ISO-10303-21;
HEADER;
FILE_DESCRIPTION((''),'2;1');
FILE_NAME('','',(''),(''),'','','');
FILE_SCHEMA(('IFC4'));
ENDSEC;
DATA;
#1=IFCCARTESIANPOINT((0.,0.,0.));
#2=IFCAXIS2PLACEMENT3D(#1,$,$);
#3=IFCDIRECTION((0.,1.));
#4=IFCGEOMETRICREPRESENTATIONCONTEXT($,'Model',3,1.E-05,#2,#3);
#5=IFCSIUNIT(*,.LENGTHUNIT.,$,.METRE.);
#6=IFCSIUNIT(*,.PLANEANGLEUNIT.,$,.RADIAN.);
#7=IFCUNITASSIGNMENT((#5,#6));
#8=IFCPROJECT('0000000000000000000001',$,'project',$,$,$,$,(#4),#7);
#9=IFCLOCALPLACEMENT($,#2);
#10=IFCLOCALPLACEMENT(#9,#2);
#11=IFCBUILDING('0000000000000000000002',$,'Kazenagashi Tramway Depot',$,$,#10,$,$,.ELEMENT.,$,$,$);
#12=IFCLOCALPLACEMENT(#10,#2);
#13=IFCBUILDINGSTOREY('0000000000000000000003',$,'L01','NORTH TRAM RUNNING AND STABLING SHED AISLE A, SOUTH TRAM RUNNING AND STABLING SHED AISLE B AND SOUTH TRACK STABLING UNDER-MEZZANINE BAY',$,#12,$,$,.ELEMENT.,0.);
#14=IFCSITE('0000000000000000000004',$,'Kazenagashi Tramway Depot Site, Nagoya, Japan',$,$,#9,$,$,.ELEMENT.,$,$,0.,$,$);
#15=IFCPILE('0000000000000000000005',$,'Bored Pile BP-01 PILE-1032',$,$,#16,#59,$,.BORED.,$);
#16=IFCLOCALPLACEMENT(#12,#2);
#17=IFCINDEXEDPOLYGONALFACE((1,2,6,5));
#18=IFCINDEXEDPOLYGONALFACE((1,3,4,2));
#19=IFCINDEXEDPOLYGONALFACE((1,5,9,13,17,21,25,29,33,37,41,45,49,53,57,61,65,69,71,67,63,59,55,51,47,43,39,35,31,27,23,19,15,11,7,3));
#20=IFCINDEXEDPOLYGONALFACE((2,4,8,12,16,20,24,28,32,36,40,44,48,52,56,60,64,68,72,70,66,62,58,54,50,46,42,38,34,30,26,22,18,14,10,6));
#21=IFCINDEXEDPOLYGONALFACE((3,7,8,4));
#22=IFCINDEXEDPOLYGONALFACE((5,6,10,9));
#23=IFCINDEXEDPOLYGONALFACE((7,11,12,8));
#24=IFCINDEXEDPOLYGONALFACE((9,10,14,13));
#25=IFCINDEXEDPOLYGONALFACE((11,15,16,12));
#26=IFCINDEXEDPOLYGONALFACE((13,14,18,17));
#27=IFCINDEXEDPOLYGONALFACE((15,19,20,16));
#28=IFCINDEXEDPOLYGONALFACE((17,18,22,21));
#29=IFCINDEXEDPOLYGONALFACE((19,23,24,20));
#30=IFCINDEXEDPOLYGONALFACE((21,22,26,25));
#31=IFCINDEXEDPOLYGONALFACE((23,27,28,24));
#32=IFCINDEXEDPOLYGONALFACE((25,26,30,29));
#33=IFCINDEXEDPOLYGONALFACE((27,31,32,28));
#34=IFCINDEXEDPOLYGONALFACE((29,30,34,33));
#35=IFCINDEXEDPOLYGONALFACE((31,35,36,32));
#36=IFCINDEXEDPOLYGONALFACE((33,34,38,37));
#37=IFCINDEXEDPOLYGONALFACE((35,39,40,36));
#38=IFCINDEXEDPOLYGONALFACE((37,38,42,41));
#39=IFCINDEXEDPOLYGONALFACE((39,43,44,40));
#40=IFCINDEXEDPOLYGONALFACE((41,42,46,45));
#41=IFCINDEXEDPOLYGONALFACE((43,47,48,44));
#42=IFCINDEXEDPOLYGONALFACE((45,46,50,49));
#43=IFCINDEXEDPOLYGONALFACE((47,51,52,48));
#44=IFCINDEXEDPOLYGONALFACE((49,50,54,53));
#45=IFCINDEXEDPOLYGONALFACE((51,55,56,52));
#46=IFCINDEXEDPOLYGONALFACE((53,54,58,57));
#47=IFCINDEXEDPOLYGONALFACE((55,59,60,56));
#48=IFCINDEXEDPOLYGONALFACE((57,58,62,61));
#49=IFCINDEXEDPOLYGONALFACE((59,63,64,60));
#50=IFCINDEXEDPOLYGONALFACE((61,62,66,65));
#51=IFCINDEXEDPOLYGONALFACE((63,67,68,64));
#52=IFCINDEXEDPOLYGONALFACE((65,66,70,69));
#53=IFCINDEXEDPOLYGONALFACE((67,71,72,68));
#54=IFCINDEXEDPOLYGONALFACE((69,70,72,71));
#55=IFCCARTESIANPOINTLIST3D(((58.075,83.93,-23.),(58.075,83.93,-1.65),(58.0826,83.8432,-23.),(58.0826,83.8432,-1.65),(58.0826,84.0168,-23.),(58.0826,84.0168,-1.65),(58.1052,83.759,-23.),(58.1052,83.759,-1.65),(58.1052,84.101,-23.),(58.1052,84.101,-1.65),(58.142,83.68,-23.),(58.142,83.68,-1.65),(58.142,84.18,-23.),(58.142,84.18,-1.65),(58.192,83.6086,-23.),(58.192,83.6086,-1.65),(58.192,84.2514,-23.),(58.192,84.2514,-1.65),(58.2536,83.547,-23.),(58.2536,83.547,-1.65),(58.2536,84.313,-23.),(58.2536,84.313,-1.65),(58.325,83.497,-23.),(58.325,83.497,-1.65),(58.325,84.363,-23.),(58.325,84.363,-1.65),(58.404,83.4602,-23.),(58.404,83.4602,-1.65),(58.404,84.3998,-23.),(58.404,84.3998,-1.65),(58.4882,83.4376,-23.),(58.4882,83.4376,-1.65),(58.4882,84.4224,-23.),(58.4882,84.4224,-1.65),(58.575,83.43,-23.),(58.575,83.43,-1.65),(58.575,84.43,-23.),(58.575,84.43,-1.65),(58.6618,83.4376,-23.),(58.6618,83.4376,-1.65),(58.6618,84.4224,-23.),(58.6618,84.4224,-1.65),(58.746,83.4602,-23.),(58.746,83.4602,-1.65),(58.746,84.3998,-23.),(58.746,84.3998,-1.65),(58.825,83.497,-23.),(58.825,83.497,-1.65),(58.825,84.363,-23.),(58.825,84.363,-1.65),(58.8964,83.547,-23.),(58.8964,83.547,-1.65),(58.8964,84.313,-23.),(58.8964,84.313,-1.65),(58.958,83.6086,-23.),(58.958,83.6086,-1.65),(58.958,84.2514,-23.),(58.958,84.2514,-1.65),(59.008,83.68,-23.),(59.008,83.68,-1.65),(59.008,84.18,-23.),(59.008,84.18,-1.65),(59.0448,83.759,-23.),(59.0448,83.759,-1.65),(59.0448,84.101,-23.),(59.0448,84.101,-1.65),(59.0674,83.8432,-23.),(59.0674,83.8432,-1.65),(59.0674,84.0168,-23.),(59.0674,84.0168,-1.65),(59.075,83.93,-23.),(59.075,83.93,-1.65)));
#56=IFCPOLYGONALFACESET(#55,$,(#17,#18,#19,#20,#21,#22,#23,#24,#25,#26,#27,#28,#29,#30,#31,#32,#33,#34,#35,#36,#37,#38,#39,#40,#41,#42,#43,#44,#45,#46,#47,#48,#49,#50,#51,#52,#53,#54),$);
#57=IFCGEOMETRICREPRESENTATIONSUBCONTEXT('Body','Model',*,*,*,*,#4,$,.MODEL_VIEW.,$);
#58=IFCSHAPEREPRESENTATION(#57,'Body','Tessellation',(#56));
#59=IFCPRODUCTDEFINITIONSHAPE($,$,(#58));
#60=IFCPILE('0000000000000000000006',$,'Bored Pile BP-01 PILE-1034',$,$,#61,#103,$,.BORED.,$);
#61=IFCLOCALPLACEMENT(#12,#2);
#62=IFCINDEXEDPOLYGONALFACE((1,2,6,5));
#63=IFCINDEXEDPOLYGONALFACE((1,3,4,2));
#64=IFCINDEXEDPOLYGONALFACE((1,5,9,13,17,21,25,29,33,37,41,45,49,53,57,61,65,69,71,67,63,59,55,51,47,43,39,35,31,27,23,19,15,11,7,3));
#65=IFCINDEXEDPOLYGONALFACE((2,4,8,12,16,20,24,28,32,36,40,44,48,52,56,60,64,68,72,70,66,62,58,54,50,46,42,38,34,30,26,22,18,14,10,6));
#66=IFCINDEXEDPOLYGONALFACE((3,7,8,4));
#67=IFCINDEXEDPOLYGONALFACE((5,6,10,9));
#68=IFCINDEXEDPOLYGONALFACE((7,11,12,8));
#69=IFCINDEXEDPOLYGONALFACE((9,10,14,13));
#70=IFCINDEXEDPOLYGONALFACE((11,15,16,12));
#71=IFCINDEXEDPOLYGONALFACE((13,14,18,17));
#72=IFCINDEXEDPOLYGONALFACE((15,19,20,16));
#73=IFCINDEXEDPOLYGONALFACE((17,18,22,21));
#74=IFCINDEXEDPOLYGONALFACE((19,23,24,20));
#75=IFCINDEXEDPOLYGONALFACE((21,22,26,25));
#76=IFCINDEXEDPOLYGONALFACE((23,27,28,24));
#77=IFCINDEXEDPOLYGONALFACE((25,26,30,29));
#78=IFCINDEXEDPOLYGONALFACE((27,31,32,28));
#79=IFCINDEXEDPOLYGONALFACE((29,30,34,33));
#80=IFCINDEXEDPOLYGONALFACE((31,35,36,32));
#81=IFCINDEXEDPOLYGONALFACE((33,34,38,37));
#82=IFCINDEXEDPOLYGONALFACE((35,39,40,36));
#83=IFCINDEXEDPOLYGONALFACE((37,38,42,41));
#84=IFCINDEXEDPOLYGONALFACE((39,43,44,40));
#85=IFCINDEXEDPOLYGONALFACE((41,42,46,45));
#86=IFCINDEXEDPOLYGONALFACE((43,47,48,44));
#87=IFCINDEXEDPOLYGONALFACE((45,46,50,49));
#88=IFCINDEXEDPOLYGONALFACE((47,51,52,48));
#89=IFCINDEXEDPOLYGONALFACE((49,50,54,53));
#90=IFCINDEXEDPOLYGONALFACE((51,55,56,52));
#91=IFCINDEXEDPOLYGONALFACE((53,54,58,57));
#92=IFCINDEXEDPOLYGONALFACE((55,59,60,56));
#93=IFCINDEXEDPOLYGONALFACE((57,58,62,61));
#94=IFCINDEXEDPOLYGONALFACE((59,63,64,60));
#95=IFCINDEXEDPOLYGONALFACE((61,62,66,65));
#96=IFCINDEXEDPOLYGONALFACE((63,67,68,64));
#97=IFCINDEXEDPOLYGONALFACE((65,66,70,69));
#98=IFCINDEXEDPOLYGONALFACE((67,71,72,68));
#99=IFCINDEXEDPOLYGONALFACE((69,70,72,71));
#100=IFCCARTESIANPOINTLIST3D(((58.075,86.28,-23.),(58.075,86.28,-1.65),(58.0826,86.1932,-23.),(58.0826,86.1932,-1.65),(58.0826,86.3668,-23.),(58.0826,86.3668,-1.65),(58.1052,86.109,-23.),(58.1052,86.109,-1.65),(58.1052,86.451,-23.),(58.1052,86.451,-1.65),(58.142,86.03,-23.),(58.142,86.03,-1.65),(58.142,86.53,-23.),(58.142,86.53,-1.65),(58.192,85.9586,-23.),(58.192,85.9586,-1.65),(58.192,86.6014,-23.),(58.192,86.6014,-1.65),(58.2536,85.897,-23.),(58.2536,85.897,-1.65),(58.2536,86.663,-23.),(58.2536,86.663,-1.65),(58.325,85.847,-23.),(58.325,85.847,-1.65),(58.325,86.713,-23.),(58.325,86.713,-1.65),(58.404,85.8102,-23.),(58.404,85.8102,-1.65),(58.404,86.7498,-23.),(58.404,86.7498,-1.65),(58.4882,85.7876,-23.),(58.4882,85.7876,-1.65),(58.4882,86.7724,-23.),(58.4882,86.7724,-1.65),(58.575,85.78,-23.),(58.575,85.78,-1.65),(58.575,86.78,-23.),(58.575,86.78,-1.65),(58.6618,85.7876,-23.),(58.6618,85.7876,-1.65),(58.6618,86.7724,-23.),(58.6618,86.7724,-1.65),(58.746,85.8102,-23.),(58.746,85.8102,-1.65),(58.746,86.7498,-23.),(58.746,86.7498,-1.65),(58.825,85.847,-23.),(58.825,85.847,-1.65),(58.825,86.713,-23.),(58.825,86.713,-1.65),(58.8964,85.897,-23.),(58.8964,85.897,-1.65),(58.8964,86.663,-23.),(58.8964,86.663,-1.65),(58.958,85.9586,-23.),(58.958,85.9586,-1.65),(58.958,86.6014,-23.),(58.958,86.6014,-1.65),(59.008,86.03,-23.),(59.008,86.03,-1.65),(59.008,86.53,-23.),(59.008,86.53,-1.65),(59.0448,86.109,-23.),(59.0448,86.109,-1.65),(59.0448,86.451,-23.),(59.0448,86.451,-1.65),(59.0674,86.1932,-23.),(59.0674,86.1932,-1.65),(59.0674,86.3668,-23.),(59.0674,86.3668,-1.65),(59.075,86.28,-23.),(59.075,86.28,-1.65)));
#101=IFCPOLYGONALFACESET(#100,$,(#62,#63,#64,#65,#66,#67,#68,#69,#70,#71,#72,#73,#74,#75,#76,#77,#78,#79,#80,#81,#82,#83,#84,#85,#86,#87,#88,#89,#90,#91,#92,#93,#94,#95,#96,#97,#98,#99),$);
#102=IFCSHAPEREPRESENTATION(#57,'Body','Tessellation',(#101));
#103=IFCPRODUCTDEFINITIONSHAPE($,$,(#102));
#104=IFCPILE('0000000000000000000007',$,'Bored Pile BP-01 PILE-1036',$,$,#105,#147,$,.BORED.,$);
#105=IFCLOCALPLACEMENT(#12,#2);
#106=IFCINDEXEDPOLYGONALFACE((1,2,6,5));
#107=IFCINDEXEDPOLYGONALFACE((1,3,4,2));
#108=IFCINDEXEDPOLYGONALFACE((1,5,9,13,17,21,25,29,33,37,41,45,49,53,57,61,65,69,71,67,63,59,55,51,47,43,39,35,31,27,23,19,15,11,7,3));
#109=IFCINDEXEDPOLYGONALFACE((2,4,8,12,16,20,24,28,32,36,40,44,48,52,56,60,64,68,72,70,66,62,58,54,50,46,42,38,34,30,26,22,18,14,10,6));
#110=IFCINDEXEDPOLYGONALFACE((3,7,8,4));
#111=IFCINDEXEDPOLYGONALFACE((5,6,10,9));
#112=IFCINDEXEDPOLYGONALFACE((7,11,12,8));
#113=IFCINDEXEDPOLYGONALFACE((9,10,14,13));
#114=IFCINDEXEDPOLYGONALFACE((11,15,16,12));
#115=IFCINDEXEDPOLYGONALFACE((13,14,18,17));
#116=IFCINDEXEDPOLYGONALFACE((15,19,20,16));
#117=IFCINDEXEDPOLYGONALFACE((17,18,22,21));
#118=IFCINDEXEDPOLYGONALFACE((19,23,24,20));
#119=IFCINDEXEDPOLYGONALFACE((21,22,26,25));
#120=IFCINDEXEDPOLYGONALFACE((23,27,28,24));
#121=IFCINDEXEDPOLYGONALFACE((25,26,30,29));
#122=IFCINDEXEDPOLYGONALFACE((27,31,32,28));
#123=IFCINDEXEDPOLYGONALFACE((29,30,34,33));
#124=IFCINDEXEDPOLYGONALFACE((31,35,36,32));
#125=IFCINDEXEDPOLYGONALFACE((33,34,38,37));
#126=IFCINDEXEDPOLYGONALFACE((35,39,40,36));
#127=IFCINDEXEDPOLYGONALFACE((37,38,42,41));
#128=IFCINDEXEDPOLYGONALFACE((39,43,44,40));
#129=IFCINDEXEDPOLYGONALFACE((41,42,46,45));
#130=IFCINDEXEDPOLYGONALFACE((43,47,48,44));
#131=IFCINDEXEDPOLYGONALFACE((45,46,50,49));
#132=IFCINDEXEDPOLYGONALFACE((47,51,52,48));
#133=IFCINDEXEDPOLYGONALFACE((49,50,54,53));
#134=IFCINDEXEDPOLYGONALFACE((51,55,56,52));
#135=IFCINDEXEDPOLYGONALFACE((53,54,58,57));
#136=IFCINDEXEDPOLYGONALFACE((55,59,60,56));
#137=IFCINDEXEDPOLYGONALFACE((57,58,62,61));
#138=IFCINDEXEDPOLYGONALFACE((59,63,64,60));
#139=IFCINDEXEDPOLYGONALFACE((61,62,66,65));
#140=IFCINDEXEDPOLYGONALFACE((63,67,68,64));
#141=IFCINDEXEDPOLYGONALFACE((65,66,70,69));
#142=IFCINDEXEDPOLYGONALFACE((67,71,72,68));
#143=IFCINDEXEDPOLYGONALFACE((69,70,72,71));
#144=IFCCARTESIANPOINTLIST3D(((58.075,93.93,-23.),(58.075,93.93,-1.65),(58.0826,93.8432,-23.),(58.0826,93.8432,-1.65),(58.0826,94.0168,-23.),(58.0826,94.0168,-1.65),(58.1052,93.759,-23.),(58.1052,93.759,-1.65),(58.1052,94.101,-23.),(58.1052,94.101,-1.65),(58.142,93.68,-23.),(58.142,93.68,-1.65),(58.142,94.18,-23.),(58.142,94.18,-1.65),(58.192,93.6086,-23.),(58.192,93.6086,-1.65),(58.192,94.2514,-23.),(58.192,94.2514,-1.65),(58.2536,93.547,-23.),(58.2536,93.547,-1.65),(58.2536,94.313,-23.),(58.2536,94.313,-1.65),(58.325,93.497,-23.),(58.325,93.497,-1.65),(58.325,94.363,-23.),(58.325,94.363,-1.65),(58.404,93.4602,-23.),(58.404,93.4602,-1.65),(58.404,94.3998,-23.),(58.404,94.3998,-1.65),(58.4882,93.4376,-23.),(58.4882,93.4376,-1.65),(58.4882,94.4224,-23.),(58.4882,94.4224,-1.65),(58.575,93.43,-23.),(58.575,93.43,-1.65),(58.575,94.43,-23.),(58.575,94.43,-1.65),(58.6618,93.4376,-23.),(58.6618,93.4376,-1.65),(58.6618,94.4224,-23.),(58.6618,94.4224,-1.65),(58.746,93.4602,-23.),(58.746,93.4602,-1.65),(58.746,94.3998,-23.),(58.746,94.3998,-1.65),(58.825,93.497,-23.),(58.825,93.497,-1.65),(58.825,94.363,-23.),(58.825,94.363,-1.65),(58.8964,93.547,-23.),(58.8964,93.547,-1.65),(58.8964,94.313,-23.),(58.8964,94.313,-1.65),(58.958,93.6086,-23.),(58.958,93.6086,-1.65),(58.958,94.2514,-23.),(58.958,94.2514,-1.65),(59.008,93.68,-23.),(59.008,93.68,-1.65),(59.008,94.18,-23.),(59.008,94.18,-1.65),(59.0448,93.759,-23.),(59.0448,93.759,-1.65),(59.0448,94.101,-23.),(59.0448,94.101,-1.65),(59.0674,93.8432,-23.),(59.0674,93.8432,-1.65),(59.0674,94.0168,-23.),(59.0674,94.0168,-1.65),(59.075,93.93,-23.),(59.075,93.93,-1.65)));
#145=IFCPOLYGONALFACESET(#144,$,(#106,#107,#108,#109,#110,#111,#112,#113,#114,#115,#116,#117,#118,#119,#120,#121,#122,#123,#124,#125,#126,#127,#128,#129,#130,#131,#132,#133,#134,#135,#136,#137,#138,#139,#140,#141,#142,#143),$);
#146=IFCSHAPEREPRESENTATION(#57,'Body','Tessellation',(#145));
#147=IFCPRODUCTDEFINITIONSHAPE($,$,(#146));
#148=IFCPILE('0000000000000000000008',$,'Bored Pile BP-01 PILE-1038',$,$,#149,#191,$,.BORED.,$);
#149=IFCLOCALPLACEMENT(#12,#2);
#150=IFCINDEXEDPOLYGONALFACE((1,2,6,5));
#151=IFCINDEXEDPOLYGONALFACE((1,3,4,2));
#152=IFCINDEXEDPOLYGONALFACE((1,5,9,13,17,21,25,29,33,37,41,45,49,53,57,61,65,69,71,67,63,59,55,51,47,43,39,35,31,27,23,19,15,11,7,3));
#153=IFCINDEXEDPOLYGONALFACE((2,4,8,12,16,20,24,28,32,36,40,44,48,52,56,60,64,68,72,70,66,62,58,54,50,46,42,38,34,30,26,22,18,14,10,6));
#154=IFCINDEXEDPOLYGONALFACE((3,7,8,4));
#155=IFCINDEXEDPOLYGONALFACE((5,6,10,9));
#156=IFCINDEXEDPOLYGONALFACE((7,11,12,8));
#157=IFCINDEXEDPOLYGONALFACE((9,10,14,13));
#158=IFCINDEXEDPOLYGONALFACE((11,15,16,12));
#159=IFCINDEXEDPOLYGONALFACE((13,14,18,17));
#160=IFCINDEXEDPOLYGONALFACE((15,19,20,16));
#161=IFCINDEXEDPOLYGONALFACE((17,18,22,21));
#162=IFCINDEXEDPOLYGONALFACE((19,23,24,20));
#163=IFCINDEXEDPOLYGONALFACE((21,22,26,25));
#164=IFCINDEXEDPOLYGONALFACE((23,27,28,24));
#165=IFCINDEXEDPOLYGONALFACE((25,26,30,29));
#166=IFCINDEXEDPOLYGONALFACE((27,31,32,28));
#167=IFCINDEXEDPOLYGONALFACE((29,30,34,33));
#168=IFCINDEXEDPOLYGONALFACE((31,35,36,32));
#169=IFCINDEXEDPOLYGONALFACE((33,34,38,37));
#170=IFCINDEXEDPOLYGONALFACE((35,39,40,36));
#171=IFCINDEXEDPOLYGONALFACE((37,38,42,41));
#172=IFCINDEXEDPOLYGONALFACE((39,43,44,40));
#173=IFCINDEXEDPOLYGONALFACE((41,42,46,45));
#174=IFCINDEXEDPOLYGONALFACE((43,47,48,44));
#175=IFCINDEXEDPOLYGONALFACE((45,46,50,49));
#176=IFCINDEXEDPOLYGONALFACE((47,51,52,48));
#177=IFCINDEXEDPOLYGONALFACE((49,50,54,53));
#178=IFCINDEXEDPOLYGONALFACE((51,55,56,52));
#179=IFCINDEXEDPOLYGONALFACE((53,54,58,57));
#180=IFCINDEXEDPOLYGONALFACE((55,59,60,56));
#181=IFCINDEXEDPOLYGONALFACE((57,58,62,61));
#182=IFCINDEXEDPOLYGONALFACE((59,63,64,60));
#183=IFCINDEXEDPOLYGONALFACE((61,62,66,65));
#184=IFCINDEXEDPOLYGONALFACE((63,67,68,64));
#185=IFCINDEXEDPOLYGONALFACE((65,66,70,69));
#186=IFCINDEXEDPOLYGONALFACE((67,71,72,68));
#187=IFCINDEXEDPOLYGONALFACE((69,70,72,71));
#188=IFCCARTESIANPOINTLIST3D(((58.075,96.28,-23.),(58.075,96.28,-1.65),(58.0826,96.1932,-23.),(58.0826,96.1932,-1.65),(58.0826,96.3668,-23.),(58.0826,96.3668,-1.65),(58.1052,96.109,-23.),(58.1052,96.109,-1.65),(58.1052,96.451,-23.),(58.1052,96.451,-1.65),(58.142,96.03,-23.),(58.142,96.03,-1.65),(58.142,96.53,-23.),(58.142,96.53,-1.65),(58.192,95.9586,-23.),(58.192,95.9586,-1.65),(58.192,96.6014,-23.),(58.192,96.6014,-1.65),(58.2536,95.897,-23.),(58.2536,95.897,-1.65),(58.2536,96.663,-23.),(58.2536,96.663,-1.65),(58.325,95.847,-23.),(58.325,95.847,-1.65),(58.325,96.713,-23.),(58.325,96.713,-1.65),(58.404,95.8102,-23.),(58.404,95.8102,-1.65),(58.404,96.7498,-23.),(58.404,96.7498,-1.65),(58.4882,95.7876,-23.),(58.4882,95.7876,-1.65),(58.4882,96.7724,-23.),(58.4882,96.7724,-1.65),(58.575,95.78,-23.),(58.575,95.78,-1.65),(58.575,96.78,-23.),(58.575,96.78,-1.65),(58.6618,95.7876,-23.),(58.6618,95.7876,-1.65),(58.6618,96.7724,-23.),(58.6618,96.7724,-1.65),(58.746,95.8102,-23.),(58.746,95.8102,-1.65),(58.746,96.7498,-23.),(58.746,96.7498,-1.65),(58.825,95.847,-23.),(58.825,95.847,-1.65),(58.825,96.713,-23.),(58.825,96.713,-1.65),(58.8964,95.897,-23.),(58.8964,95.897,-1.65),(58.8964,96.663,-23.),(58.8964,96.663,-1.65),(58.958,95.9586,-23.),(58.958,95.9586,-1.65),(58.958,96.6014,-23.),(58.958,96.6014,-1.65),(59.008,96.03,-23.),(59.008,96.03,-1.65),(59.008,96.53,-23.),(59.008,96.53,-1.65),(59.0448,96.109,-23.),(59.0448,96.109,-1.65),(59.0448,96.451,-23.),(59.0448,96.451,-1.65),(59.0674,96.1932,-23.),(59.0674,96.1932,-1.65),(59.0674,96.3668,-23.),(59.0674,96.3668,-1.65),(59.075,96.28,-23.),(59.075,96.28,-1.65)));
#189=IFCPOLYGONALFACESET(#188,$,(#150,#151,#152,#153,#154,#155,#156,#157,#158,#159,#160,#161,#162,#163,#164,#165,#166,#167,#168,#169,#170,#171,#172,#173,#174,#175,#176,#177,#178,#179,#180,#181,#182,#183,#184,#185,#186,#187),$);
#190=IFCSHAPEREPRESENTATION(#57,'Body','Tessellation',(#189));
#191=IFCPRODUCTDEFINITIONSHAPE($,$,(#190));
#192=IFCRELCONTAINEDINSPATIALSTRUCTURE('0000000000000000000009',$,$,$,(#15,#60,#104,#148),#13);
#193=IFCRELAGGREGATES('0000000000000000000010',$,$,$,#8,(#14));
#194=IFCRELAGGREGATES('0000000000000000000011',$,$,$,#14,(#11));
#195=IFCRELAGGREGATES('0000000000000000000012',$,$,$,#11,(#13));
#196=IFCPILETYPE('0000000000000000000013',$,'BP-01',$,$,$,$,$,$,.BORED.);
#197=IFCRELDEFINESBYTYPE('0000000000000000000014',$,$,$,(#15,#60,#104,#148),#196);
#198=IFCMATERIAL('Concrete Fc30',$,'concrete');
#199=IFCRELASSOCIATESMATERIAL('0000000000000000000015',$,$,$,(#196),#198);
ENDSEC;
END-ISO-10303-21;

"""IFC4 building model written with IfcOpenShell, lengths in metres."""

from ifc_helpers import new_model, si_unit, direction, frame, origin, origin_2d, place, context, subcontext, project, spatial, circle, extrude, material, material_profile, profile_set, type_object, element, save


model = new_model("IFC4")

# Units and contexts
model_context = context("Model", 3, precision=1e-05, world=origin(), true_north=direction((0.0, 1.0)))
body_context = subcontext(model_context, "Body", "Model", "MODEL_VIEW")
ifc_project = project(units=[si_unit("LENGTHUNIT", "METRE"), si_unit("PLANEANGLEUNIT", "RADIAN")], contexts=[model_context])

# Site, building, storey
site_placement = place(None, origin())
site = spatial("IfcSite", under=ifc_project, at=site_placement, Name="Kazenagashi Tramway Depot Site, Nagoya, Japan", CompositionType="ELEMENT", RefElevation=0.0)
building_placement = place(site_placement, origin())
building = spatial("IfcBuilding", under=site, at=building_placement, Name="Kazenagashi Tramway Depot", CompositionType="ELEMENT")
storey_placement = place(building_placement, origin())
storey = spatial("IfcBuildingStorey", under=building, at=storey_placement, Name="L01", Description="NORTH TRAM RUNNING AND STABLING SHED AISLE A, SOUTH TRAM RUNNING AND STABLING SHED AISLE B AND SOUTH TRACK STABLING UNDER-MEZZANINE BAY", CompositionType="ELEMENT", Elevation=0.0)

# Piles
ifc_material_1 = material(Name="Concrete Fc30", Category="concrete")
ifc_material_profile_1 = material_profile(ifc_material_1, circle(Radius=0.5, at=origin_2d()), Name="PILE-1000")
ifc_profile_set_1 = profile_set([ifc_material_profile_1], Name="Concrete Fc30")
pile_type_1 = type_object("IfcPileType", Name="BP-01", PredefinedType="BORED", material=ifc_profile_set_1)
for number, where, z_axis, x_axis, name in (
    (1, (58.575, 83.93, -1.65), (0.0, 0.0, -1.0), (1.0, 0.0, 0.0), "Bored Pile BP-01 PILE-1032"),
    (2, (58.575, 86.28, -1.65), (0.0, 0.0, -1.0), (1.0, 0.0, 0.0), "Bored Pile BP-01 PILE-1034"),
    (3, (58.575, 93.93, -1.65), (0.0, 0.0, -1.0), (1.0, 0.0, 0.0), "Bored Pile BP-01 PILE-1036"),
    (4, (58.575, 96.28, -1.65), (0.0, 0.0, -1.0), (1.0, 0.0, 0.0), "Bored Pile BP-01 PILE-1038"),
):
    element("IfcPile", number, at=place(storey_placement, frame(where, z_axis=z_axis, x_axis=x_axis)), inside=storey, type_object=pile_type_1, Name=name, PredefinedType="BORED", context=body_context, shape_type="SweptSolid", body=[
        extrude(circle(Radius=0.5, at=origin_2d()), origin(), (0.0, 0.0, 1.0), 21.35),
    ])

save(model, "model.ifc")
